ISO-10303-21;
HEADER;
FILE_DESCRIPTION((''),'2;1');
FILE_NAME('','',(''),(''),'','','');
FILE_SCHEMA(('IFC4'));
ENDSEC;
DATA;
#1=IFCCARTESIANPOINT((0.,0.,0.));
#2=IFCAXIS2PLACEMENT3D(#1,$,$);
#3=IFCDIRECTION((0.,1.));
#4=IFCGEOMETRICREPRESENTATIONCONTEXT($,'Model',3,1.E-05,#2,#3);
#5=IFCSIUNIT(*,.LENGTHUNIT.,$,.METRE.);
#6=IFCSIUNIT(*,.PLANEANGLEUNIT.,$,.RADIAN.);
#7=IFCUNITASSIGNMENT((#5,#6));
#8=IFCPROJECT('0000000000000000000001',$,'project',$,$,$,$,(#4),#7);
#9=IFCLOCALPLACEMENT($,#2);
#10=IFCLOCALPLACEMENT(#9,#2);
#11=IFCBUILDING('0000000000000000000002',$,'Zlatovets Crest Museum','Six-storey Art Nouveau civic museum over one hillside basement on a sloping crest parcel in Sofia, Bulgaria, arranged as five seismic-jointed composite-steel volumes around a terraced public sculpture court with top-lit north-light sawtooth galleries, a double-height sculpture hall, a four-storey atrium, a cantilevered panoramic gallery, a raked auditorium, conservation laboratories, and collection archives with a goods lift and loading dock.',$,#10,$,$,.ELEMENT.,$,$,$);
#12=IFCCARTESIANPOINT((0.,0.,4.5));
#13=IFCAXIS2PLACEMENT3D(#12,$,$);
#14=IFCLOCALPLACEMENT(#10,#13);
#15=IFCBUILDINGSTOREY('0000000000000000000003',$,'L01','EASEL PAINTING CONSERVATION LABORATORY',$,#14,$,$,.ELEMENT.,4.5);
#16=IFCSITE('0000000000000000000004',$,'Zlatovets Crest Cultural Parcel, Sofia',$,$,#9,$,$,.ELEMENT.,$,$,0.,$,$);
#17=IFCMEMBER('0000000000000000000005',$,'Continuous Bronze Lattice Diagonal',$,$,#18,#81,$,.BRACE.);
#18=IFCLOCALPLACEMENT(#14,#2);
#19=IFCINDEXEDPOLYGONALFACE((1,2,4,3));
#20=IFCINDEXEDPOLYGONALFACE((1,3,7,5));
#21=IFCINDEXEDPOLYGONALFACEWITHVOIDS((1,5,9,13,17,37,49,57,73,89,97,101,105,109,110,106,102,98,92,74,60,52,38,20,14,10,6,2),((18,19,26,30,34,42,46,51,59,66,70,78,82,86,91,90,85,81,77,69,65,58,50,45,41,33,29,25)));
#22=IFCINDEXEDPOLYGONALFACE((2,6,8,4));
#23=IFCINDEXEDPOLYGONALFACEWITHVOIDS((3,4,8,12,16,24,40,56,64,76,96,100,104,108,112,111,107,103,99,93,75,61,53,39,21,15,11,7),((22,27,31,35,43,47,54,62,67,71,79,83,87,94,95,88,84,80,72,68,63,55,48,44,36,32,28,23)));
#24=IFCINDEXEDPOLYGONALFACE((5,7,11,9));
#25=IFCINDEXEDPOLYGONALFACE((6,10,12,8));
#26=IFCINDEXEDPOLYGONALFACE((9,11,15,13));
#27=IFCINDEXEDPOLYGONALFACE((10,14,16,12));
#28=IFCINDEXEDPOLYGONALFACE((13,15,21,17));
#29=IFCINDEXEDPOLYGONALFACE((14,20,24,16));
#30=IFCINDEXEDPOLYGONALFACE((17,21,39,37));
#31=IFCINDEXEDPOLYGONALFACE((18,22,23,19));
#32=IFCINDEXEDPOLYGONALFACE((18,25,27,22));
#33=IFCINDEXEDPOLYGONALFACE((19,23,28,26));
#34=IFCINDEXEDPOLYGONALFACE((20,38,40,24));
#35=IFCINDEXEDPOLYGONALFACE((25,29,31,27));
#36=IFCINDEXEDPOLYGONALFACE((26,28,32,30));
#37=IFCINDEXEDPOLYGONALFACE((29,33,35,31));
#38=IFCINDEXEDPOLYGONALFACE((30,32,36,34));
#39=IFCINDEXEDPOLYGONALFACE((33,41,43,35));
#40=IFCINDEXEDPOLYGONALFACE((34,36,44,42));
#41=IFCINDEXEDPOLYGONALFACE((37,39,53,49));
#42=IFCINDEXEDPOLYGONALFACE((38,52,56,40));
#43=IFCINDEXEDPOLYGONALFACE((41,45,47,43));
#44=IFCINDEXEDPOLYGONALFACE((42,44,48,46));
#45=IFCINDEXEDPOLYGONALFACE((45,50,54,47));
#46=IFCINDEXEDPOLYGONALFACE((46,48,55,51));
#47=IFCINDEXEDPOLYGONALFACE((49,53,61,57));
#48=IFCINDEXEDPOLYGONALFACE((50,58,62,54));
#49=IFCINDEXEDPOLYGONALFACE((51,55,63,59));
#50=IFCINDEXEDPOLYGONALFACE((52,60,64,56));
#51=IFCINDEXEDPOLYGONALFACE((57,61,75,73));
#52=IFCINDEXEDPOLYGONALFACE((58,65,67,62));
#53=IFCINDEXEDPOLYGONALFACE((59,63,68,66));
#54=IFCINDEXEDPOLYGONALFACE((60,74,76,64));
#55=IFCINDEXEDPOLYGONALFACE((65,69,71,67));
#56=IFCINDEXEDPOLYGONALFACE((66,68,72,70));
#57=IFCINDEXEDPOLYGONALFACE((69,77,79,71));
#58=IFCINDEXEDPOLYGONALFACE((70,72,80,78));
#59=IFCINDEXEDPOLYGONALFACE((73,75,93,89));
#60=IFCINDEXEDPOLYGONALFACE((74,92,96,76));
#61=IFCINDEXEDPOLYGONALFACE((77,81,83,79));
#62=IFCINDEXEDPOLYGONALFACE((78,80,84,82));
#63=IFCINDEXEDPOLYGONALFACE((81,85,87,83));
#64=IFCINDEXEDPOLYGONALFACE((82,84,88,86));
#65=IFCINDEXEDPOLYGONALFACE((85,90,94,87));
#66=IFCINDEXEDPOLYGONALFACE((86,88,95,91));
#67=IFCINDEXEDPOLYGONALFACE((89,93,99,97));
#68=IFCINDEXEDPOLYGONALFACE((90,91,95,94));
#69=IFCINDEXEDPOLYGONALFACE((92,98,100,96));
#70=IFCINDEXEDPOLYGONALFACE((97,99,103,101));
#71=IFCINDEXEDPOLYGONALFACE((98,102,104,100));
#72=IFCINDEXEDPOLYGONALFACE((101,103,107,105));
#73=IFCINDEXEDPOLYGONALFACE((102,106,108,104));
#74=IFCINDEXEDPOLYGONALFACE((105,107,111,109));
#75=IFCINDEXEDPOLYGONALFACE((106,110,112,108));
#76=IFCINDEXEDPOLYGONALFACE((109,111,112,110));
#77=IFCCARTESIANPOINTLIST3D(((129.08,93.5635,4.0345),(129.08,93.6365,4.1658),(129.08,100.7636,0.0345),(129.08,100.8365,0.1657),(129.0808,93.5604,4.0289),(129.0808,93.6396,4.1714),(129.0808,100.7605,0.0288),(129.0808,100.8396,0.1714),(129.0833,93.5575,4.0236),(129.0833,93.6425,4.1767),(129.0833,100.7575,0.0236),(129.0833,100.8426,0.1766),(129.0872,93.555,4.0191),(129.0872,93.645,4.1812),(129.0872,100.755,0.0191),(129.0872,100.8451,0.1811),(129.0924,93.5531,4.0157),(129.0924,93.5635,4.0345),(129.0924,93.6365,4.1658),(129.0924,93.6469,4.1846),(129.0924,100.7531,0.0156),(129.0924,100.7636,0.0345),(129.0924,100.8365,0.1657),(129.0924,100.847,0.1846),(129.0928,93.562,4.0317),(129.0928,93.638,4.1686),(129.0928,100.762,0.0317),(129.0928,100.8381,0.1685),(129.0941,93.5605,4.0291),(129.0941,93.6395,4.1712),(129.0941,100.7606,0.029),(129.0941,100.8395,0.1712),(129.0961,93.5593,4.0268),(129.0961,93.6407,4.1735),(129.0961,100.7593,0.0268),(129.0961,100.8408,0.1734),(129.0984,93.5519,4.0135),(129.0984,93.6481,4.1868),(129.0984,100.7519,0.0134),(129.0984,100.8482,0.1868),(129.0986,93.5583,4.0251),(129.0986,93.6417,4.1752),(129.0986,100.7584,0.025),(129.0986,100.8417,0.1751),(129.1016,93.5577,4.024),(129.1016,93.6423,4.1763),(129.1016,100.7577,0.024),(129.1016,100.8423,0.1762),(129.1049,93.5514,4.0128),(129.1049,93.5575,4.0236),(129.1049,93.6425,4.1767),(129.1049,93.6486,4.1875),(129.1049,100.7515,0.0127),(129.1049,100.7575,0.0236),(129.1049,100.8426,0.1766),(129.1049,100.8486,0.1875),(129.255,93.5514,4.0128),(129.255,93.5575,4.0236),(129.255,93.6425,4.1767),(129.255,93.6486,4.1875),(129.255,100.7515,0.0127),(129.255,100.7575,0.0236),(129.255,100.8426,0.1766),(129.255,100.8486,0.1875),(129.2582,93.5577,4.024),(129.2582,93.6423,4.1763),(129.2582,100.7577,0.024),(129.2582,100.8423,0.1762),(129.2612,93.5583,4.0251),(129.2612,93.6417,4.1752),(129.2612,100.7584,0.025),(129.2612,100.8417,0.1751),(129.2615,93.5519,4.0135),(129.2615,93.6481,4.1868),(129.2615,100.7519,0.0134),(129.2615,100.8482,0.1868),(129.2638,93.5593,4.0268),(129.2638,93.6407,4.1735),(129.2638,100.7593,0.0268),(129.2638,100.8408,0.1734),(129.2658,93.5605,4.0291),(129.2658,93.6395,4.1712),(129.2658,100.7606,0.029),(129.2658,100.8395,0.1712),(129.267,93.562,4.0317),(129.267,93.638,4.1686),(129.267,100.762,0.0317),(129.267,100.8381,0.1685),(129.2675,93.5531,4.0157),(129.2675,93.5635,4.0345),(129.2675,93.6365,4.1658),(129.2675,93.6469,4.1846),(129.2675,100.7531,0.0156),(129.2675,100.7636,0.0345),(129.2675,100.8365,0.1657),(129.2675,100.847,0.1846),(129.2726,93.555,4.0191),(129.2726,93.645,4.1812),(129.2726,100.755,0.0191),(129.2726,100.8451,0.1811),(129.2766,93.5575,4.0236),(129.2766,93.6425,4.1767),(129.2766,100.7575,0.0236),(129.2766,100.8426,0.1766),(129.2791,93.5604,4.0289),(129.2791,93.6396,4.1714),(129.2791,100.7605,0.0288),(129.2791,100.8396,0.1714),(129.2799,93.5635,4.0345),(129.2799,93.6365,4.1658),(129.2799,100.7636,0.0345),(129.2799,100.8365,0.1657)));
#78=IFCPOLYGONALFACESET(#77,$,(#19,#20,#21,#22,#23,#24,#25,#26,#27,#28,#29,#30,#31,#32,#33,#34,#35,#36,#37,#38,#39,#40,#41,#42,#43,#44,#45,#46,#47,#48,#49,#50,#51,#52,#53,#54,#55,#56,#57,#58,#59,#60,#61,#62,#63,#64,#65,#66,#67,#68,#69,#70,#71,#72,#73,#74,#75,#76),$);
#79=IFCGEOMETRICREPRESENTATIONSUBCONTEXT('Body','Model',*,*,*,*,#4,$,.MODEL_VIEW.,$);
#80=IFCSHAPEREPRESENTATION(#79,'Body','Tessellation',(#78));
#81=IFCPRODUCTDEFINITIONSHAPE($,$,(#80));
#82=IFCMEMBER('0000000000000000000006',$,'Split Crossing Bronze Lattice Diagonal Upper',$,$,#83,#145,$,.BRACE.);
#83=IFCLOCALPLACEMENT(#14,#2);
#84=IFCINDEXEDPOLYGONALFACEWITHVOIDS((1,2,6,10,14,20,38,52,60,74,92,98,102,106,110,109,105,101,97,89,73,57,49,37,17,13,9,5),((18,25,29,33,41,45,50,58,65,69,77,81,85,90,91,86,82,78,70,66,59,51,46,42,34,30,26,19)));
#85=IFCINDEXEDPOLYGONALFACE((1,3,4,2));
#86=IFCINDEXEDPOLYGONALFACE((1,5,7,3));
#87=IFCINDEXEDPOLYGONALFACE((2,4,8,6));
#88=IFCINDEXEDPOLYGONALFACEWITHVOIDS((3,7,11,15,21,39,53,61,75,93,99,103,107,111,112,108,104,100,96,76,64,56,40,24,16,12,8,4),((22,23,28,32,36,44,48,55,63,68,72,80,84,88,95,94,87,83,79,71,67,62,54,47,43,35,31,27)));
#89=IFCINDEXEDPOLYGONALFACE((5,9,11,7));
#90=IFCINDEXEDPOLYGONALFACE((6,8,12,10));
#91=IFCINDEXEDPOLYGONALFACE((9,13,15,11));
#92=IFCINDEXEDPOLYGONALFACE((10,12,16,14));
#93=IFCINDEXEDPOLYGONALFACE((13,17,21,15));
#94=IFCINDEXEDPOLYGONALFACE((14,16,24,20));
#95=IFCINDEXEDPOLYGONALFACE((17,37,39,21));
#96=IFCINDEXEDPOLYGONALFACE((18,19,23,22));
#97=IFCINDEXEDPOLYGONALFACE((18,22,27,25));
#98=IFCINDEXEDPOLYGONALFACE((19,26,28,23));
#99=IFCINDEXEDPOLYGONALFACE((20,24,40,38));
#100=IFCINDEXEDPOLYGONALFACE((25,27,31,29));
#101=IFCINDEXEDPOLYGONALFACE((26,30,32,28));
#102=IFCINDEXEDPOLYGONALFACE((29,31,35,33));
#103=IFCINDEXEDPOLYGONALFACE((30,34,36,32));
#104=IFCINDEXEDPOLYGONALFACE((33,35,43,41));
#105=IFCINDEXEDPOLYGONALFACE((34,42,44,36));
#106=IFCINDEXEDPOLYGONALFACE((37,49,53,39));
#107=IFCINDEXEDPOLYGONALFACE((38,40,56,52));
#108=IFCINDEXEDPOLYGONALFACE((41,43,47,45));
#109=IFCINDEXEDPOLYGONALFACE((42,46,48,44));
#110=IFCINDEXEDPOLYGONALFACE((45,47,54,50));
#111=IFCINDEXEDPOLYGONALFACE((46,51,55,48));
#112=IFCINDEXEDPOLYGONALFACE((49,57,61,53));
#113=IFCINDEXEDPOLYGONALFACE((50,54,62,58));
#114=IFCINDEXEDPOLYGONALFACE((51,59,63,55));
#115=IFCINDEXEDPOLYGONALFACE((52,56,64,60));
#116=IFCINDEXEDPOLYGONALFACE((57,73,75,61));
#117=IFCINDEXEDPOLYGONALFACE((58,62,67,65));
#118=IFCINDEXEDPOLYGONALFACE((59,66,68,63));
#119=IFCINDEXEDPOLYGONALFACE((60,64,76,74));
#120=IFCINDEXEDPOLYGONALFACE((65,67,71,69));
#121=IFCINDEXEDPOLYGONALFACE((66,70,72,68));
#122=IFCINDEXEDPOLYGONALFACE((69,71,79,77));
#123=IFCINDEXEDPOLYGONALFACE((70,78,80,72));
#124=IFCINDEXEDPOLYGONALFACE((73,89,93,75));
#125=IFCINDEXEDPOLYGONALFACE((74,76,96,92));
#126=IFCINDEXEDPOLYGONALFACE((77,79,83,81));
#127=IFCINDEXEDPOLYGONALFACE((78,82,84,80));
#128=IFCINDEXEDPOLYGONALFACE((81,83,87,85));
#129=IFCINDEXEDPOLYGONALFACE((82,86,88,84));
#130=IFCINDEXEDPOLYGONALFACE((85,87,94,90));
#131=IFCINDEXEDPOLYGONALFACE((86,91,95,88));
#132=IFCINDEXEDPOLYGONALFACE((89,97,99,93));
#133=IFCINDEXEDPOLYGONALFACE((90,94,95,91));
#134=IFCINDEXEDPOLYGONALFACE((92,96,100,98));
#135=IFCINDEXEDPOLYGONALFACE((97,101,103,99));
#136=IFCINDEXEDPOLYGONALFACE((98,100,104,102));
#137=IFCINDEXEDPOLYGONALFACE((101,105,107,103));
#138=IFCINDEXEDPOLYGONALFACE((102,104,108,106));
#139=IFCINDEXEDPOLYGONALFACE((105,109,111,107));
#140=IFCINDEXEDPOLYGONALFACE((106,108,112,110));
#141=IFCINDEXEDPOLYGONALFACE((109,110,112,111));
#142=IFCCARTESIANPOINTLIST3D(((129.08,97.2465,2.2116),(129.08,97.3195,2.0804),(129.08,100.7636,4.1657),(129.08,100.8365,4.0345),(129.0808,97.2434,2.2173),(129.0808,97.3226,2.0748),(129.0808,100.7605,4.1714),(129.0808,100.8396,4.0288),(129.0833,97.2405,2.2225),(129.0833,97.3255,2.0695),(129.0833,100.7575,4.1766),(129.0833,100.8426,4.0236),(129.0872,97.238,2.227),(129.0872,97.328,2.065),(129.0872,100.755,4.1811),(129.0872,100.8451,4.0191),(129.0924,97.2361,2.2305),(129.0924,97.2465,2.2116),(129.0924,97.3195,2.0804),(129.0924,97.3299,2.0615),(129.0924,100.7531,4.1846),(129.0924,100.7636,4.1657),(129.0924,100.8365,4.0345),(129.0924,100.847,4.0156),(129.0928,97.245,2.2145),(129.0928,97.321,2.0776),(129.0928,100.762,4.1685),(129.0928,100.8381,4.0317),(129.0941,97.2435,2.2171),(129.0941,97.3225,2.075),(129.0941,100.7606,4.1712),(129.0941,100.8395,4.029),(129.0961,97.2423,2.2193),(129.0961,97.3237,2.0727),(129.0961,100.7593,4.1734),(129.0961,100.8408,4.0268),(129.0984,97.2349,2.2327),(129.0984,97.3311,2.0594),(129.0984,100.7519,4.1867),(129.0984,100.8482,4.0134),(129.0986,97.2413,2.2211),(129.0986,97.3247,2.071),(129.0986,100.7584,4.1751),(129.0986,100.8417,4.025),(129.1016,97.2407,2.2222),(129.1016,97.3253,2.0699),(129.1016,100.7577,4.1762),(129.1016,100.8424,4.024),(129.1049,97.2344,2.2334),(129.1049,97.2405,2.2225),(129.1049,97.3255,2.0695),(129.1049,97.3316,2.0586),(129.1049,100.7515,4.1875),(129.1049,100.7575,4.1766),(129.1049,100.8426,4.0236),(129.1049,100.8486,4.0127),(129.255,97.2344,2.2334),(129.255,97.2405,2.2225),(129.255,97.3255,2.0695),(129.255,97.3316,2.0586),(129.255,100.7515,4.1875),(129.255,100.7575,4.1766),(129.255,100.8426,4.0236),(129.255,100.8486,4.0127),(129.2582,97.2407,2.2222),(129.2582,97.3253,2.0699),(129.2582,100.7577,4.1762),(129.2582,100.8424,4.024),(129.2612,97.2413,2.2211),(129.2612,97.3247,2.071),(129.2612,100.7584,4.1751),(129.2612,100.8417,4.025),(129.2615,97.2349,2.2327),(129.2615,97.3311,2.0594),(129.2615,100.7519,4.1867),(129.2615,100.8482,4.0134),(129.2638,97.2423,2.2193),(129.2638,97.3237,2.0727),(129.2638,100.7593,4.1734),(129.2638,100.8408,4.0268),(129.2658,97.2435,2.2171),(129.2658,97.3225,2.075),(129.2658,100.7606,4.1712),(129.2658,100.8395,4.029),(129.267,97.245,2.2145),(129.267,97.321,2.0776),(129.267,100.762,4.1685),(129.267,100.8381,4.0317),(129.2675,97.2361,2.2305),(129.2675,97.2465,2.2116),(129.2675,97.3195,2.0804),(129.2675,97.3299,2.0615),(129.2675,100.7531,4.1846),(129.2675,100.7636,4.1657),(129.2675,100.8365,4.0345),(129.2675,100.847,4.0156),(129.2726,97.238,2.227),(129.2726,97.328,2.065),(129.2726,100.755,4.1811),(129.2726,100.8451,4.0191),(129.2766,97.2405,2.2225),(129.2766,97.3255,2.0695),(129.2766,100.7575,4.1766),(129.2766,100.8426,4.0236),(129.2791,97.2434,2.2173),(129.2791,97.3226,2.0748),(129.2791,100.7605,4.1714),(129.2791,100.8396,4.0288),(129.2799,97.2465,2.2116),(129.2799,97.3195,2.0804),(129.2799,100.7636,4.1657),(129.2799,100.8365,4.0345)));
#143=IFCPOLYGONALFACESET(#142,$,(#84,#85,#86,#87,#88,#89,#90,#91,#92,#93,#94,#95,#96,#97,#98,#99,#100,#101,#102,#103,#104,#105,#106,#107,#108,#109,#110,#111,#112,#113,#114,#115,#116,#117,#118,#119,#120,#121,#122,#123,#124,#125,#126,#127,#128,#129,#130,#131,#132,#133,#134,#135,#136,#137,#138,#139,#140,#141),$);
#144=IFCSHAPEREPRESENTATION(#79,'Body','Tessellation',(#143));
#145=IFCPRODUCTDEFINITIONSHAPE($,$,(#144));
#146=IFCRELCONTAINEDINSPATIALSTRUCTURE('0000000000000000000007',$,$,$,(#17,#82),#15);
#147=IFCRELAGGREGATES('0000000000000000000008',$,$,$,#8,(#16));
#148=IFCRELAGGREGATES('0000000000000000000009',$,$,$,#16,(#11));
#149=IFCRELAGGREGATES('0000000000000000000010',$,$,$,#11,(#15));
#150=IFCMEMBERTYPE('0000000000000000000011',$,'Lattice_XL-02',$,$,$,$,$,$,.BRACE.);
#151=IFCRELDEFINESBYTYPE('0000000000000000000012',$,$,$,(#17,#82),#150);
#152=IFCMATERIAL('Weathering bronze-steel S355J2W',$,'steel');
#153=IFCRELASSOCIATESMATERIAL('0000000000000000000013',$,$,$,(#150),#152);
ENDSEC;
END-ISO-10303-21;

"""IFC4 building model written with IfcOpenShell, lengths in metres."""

from ifc_helpers import new_model, si_unit, direction, frame, origin, origin_2d, place, context, subcontext, project, spatial, hollow_rectangle, extrude, material, material_profile, profile_set, type_object, element, save


model = new_model("IFC4")

# Units and contexts
model_context = context("Model", 3, precision=1e-05, world=origin(), true_north=direction((0.0, 1.0)))
body_context = subcontext(model_context, "Body", "Model", "MODEL_VIEW")
ifc_project = project(units=[si_unit("LENGTHUNIT", "METRE"), si_unit("PLANEANGLEUNIT", "RADIAN")], contexts=[model_context])

# Site, building, storey
site_placement = place(None, origin())
site = spatial("IfcSite", under=ifc_project, at=site_placement, Name="Zlatovets Crest Cultural Parcel, Sofia", CompositionType="ELEMENT", RefElevation=0.0)
building_placement = place(site_placement, origin())
building = spatial("IfcBuilding", under=site, at=building_placement, Name="Zlatovets Crest Museum", Description="Six-storey Art Nouveau civic museum over one hillside basement on a sloping crest parcel in Sofia, Bulgaria, arranged as five seismic-jointed composite-steel volumes around a terraced public sculpture court with top-lit north-light sawtooth galleries, a double-height sculpture hall, a four-storey atrium, a cantilevered panoramic gallery, a raked auditorium, conservation laboratories, and collection archives with a goods lift and loading dock.", CompositionType="ELEMENT")
storey_placement = place(building_placement, frame((0.0, 0.0, 4.5)))
storey = spatial("IfcBuildingStorey", under=building, at=storey_placement, Name="L01", Description="EASEL PAINTING CONSERVATION LABORATORY", CompositionType="ELEMENT", Elevation=4.5)

# Members
ifc_material_1 = material(Name="Weathering bronze-steel S355J2W", Category="steel")
ifc_material_profile_1 = material_profile(ifc_material_1, hollow_rectangle(XDim=0.2, YDim=0.2, WallThickness=0.0125, InnerFilletRadius=0.0125, OuterFilletRadius=0.0249, at=origin_2d()), Name="SHS 200x200x12.5")
ifc_profile_set_1 = profile_set([ifc_material_profile_1], Name="Weathering bronze-steel S355J2W")
member_type_1 = type_object("IfcMemberType", Name="Lattice_XL-02", PredefinedType="BRACE", material=ifc_profile_set_1)
member_1_placement = place(storey_placement, frame((129.1799, 100.8, 0.1001), z_axis=(0.0, -0.874156, 0.485645), x_axis=(1.0, 0.0, 0.0)))
element("IfcMember", 1, at=member_1_placement, inside=storey, type_object=member_type_1, Name="Continuous Bronze Lattice Diagonal", PredefinedType="BRACE", context=body_context, shape_type="SweptSolid", body=[
    extrude(hollow_rectangle(XDim=0.2, YDim=0.2, WallThickness=0.0125, InnerFilletRadius=0.0125, OuterFilletRadius=0.0249, at=origin_2d()), origin(), (0.0, 0.0, 1.0), 8.2366),
])
member_2_placement = place(storey_placement, frame((129.1799, 100.8, 4.1001), z_axis=(0.0, -0.87414, -0.485674), x_axis=(1.0, 0.0, 0.0)))
element("IfcMember", 2, at=member_2_placement, inside=storey, type_object=member_type_1, Name="Split Crossing Bronze Lattice Diagonal Upper", PredefinedType="BRACE", context=body_context, shape_type="SweptSolid", body=[
    extrude(hollow_rectangle(XDim=0.2, YDim=0.2, WallThickness=0.0125, InnerFilletRadius=0.0125, OuterFilletRadius=0.0249, at=origin_2d()), origin(), (0.0, 0.0, 1.0), 4.0234),
])

save(model, "model.ifc")
